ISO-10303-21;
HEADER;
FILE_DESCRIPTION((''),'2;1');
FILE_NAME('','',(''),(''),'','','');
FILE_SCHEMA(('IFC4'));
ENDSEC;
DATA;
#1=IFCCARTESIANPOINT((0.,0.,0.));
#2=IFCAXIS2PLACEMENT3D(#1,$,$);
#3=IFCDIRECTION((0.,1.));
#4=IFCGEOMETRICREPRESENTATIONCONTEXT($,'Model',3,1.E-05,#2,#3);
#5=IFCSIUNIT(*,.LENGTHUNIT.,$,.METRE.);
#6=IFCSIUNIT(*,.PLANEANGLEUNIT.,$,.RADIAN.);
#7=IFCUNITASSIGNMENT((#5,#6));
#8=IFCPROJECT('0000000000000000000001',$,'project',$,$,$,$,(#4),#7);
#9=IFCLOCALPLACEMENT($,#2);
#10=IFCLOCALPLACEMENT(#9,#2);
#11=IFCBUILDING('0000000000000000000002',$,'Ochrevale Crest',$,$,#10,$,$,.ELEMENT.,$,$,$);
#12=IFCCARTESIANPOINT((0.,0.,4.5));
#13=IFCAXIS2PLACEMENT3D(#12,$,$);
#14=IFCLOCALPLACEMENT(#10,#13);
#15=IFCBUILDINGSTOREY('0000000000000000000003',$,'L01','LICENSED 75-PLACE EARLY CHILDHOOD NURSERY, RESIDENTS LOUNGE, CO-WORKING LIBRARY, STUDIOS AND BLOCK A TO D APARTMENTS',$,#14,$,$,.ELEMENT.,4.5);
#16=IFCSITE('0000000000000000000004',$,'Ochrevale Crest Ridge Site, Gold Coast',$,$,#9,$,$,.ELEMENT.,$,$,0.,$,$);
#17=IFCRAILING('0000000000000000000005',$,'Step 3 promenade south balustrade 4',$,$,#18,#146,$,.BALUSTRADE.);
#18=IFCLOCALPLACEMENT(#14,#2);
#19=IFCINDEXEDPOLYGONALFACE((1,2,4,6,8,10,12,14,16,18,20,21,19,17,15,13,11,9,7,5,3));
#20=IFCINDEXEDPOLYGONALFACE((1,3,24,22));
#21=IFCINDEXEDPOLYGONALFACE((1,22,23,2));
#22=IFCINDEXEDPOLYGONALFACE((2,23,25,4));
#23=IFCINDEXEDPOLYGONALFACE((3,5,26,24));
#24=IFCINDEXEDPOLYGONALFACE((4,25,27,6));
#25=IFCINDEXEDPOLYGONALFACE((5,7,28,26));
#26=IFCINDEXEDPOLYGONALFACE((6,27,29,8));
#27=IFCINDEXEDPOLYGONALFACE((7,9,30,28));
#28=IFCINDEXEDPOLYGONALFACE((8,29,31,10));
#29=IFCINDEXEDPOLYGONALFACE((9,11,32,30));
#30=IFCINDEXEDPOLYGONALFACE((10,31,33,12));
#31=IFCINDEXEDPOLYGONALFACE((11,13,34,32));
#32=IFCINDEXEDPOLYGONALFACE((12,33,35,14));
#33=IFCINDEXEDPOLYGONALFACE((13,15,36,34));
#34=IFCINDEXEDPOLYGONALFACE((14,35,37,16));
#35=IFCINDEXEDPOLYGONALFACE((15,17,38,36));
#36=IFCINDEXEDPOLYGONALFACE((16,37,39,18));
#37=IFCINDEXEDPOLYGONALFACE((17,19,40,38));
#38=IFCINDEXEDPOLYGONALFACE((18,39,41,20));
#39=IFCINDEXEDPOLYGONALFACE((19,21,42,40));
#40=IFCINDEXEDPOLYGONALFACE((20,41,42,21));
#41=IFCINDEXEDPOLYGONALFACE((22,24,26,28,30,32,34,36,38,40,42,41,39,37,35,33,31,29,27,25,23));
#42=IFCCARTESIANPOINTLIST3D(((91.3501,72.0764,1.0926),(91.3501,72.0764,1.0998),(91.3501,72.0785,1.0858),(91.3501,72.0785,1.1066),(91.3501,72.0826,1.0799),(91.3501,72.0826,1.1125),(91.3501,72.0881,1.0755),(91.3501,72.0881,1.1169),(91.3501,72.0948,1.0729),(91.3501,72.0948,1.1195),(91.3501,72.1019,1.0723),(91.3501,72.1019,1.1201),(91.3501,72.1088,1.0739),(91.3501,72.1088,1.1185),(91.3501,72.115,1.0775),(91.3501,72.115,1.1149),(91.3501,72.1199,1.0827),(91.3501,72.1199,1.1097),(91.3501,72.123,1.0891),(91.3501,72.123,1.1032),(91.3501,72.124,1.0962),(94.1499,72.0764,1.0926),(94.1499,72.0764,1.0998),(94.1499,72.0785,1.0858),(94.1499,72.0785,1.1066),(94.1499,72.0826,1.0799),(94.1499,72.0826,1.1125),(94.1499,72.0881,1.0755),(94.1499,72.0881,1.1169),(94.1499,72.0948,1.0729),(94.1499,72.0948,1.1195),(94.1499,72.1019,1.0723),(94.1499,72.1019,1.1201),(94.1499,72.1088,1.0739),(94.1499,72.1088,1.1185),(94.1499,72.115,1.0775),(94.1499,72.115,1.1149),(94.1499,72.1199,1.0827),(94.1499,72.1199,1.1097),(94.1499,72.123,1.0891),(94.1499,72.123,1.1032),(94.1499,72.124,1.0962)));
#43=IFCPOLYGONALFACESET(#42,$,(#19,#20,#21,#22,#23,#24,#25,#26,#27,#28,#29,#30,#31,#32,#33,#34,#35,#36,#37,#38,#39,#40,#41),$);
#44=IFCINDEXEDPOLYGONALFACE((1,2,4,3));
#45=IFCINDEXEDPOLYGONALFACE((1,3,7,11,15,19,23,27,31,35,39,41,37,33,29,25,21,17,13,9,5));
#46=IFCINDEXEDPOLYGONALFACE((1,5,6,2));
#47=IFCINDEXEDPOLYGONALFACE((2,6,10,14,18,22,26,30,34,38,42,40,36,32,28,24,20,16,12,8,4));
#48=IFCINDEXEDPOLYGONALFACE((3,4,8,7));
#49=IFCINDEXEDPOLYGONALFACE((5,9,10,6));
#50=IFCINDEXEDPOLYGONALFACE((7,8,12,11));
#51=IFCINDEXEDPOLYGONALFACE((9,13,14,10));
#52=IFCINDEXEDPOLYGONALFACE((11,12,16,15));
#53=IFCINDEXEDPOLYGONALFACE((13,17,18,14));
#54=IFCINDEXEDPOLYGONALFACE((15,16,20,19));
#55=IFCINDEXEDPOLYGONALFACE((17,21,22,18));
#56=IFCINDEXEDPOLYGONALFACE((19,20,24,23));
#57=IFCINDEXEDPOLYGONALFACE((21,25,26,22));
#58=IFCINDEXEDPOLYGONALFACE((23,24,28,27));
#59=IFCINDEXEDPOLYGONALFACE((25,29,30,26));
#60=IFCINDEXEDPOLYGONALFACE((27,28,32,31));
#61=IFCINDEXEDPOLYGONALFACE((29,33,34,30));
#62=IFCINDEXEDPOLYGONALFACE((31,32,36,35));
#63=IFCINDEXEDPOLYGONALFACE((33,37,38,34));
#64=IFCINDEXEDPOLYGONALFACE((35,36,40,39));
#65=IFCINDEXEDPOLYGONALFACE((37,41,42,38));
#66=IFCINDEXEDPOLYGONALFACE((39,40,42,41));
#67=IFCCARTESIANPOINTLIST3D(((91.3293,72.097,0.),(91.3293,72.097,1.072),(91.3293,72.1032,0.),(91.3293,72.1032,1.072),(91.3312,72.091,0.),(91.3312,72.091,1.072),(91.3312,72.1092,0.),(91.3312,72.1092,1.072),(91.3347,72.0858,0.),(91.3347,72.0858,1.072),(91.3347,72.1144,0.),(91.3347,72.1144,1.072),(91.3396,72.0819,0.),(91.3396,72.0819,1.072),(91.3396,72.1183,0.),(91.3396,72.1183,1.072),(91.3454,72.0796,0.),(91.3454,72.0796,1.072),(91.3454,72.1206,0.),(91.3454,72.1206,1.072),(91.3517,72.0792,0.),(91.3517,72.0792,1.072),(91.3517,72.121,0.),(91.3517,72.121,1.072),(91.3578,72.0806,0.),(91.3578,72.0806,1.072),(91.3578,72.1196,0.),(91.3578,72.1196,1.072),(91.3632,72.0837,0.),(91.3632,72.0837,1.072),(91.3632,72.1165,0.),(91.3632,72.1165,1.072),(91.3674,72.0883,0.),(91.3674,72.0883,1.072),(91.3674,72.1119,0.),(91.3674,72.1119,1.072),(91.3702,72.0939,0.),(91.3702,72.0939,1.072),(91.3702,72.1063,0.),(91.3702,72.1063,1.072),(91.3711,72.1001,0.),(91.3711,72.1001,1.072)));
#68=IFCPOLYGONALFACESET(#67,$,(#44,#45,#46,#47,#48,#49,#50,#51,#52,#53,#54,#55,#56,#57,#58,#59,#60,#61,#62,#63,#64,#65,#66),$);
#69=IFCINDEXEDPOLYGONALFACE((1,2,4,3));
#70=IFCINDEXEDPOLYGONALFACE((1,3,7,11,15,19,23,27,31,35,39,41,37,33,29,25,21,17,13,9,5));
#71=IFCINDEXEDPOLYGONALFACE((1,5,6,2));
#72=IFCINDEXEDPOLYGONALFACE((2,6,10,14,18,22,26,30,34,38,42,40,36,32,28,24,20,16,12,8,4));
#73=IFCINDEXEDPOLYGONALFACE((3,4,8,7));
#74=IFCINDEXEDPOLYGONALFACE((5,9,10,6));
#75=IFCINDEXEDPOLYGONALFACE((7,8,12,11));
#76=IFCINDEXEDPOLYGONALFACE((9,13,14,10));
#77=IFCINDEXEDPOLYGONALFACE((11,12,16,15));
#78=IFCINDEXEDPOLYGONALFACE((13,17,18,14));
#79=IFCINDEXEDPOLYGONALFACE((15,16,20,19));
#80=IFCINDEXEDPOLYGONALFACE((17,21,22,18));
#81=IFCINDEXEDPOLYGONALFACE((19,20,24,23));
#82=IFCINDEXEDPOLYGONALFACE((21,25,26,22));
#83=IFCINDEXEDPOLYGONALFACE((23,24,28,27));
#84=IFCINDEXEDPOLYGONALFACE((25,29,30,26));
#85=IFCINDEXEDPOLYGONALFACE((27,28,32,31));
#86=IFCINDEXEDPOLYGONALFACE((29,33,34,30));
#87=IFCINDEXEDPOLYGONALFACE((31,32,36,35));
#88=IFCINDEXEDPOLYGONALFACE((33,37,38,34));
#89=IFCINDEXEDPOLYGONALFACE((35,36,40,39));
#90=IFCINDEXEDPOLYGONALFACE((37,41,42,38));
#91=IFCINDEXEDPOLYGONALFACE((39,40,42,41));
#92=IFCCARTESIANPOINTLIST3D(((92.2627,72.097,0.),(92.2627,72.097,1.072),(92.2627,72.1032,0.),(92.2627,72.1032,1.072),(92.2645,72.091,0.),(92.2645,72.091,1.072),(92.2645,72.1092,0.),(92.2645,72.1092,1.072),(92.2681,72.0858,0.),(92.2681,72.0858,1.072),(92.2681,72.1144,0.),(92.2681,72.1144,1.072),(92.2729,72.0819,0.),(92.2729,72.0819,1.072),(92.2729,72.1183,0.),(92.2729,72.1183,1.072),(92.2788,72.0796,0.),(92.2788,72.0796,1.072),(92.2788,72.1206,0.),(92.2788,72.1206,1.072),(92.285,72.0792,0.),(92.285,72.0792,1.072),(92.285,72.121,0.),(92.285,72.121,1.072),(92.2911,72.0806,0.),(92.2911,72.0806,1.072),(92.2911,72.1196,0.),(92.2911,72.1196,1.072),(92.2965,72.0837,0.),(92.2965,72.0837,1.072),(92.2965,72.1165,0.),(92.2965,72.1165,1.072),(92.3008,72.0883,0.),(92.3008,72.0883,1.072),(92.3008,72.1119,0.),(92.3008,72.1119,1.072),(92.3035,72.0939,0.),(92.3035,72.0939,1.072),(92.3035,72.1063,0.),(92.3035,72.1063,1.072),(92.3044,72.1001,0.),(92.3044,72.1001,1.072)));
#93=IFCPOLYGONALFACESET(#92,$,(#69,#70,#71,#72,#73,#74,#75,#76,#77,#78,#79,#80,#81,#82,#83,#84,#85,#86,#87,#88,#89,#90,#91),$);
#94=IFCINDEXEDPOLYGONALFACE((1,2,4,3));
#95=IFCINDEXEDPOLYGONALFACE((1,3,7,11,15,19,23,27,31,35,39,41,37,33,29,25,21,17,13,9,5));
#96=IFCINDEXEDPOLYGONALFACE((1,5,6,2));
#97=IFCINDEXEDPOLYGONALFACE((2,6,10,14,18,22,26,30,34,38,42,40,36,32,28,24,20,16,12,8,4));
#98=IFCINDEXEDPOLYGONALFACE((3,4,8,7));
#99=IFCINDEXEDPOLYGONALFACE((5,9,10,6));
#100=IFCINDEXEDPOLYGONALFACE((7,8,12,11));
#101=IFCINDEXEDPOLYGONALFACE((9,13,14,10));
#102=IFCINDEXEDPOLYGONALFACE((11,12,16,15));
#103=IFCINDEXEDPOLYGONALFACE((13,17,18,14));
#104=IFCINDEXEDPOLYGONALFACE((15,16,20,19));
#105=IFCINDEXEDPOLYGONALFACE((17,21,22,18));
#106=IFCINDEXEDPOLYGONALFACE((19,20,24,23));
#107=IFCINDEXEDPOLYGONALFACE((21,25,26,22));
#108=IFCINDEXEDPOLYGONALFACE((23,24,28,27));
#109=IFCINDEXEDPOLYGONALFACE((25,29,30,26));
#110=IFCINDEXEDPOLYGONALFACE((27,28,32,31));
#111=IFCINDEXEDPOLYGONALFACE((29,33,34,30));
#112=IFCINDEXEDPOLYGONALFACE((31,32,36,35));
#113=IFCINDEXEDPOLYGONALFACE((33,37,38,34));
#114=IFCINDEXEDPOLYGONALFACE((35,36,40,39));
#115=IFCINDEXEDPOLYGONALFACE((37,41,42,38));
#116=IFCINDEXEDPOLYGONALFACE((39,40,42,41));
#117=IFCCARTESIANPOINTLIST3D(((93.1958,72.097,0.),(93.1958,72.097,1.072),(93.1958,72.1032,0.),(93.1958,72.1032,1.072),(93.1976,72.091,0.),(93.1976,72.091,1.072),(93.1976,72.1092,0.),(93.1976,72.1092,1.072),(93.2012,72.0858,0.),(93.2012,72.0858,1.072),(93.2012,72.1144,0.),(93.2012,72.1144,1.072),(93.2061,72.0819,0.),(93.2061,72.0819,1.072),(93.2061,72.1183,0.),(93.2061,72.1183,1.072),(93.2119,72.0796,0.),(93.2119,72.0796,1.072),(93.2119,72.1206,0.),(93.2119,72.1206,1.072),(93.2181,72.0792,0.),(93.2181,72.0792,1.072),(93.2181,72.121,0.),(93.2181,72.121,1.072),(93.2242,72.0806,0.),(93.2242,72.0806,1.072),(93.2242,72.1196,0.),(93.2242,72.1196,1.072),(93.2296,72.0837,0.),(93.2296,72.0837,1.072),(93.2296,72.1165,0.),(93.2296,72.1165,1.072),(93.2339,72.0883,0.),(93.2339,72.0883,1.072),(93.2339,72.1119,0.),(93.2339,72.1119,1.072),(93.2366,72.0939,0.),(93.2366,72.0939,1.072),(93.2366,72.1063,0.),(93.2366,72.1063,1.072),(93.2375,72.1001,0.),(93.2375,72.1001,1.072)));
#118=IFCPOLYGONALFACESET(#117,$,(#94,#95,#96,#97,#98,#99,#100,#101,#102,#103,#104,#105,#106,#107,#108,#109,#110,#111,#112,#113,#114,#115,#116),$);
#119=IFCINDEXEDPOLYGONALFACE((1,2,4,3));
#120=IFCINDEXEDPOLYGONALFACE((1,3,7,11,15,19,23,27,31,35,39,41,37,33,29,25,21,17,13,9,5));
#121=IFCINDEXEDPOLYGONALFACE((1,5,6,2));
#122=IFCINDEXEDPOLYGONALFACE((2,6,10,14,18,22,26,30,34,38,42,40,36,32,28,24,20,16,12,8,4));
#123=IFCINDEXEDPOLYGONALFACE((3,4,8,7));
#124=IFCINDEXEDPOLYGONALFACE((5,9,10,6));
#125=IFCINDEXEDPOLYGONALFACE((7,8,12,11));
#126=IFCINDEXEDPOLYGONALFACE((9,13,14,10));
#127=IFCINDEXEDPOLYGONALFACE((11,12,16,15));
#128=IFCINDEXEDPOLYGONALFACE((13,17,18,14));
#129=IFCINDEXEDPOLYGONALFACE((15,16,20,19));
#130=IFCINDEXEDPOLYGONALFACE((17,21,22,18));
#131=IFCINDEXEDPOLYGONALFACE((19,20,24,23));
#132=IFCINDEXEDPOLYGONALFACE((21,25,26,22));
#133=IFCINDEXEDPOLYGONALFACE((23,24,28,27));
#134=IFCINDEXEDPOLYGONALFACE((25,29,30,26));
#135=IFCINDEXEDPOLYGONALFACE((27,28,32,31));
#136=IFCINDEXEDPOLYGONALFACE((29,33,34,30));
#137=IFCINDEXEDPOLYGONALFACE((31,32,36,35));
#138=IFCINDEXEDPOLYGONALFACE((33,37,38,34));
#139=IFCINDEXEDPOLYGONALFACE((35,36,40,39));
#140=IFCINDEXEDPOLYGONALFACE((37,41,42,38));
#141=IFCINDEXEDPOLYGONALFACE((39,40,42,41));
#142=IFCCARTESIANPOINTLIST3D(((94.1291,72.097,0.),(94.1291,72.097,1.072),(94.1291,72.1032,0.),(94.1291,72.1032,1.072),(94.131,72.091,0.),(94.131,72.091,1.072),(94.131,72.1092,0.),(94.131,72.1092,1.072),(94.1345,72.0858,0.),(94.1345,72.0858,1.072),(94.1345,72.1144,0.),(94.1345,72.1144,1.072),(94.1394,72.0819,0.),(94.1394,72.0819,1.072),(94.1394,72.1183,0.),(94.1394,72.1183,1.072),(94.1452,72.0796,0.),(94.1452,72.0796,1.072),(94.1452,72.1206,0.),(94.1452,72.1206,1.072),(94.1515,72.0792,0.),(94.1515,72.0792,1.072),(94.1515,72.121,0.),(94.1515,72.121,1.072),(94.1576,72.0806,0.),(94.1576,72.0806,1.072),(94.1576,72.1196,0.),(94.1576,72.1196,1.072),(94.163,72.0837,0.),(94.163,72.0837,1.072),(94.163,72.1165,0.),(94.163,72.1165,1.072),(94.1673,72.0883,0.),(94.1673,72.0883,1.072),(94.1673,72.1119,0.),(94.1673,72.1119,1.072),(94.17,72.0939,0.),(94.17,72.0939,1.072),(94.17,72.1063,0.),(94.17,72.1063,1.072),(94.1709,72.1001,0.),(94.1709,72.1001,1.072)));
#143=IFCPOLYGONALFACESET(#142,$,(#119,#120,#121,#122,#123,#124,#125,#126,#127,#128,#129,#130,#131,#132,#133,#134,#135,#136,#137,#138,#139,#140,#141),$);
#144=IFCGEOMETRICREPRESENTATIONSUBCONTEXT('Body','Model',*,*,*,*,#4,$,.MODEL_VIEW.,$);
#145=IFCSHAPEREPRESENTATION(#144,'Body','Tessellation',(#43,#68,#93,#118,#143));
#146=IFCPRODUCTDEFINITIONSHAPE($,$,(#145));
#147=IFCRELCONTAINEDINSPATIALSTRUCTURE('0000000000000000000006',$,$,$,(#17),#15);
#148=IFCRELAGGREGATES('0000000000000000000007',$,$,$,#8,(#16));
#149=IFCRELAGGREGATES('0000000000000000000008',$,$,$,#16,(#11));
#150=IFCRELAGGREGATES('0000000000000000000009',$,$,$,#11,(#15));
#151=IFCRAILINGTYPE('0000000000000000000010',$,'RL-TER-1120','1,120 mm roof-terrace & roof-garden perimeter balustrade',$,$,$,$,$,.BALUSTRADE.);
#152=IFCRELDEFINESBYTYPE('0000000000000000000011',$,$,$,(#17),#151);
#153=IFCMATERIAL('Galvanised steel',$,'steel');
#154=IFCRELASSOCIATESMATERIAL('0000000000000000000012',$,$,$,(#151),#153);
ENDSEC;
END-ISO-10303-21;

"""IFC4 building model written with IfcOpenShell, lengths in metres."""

from ifc_helpers import new_model, si_unit, direction, frame, origin, origin_2d, place, context, subcontext, project, spatial, circle, extrude, material, type_object, element, save


model = new_model("IFC4")

# Units and contexts
model_context = context("Model", 3, precision=1e-05, world=origin(), true_north=direction((0.0, 1.0)))
body_context = subcontext(model_context, "Body", "Model", "MODEL_VIEW")
ifc_project = project(units=[si_unit("LENGTHUNIT", "METRE"), si_unit("PLANEANGLEUNIT", "RADIAN")], contexts=[model_context])

# Site, building, storey
site_placement = place(None, origin())
site = spatial("IfcSite", under=ifc_project, at=site_placement, Name="Ochrevale Crest Ridge Site, Gold Coast", CompositionType="ELEMENT", RefElevation=0.0)
building_placement = place(site_placement, origin())
building = spatial("IfcBuilding", under=site, at=building_placement, Name="Ochrevale Crest", CompositionType="ELEMENT")
storey_placement = place(building_placement, frame((0.0, 0.0, 4.5)))
storey = spatial("IfcBuildingStorey", under=building, at=storey_placement, Name="L01", Description="LICENSED 75-PLACE EARLY CHILDHOOD NURSERY, RESIDENTS LOUNGE, CO-WORKING LIBRARY, STUDIOS AND BLOCK A TO D APARTMENTS", CompositionType="ELEMENT", Elevation=4.5)

# Railing
ifc_material_1 = material(Name="Galvanised steel", Category="steel")
railing_type_1 = type_object("IfcRailingType", Name="RL-TER-1120", Description="1,120 mm roof-terrace & roof-garden perimeter balustrade", PredefinedType="BALUSTRADE", material=ifc_material_1)
railing_1_placement = place(storey_placement, frame((91.3501, 72.1001, 0.0)))
element("IfcRailing", 1, at=railing_1_placement, inside=storey, type_object=railing_type_1, Name="Step 3 promenade south balustrade 4", PredefinedType="BALUSTRADE", context=body_context, shape_type="SweptSolid", body=[
    extrude(circle(Radius=0.0239, at=origin_2d()), frame((0.0, 0.0, 1.0962), z_axis=(1.0, 0.0, 0.0), x_axis=(0.0, 1.0, 0.0)), (0.0, 0.0, 1.0), 2.7998),
    extrude(circle(Radius=0.021, at=origin_2d()), origin(), (0.0, 0.0, 1.0), 1.072),
    extrude(circle(Radius=0.021, at=origin_2d()), frame((0.9333, 0.0, 0.0)), (0.0, 0.0, 1.0), 1.072),
    extrude(circle(Radius=0.021, at=origin_2d()), frame((1.8665, 0.0, 0.0)), (0.0, 0.0, 1.0), 1.072),
    extrude(circle(Radius=0.021, at=origin_2d()), frame((2.7998, 0.0, 0.0)), (0.0, 0.0, 1.0), 1.072),
])

save(model, "model.ifc")
